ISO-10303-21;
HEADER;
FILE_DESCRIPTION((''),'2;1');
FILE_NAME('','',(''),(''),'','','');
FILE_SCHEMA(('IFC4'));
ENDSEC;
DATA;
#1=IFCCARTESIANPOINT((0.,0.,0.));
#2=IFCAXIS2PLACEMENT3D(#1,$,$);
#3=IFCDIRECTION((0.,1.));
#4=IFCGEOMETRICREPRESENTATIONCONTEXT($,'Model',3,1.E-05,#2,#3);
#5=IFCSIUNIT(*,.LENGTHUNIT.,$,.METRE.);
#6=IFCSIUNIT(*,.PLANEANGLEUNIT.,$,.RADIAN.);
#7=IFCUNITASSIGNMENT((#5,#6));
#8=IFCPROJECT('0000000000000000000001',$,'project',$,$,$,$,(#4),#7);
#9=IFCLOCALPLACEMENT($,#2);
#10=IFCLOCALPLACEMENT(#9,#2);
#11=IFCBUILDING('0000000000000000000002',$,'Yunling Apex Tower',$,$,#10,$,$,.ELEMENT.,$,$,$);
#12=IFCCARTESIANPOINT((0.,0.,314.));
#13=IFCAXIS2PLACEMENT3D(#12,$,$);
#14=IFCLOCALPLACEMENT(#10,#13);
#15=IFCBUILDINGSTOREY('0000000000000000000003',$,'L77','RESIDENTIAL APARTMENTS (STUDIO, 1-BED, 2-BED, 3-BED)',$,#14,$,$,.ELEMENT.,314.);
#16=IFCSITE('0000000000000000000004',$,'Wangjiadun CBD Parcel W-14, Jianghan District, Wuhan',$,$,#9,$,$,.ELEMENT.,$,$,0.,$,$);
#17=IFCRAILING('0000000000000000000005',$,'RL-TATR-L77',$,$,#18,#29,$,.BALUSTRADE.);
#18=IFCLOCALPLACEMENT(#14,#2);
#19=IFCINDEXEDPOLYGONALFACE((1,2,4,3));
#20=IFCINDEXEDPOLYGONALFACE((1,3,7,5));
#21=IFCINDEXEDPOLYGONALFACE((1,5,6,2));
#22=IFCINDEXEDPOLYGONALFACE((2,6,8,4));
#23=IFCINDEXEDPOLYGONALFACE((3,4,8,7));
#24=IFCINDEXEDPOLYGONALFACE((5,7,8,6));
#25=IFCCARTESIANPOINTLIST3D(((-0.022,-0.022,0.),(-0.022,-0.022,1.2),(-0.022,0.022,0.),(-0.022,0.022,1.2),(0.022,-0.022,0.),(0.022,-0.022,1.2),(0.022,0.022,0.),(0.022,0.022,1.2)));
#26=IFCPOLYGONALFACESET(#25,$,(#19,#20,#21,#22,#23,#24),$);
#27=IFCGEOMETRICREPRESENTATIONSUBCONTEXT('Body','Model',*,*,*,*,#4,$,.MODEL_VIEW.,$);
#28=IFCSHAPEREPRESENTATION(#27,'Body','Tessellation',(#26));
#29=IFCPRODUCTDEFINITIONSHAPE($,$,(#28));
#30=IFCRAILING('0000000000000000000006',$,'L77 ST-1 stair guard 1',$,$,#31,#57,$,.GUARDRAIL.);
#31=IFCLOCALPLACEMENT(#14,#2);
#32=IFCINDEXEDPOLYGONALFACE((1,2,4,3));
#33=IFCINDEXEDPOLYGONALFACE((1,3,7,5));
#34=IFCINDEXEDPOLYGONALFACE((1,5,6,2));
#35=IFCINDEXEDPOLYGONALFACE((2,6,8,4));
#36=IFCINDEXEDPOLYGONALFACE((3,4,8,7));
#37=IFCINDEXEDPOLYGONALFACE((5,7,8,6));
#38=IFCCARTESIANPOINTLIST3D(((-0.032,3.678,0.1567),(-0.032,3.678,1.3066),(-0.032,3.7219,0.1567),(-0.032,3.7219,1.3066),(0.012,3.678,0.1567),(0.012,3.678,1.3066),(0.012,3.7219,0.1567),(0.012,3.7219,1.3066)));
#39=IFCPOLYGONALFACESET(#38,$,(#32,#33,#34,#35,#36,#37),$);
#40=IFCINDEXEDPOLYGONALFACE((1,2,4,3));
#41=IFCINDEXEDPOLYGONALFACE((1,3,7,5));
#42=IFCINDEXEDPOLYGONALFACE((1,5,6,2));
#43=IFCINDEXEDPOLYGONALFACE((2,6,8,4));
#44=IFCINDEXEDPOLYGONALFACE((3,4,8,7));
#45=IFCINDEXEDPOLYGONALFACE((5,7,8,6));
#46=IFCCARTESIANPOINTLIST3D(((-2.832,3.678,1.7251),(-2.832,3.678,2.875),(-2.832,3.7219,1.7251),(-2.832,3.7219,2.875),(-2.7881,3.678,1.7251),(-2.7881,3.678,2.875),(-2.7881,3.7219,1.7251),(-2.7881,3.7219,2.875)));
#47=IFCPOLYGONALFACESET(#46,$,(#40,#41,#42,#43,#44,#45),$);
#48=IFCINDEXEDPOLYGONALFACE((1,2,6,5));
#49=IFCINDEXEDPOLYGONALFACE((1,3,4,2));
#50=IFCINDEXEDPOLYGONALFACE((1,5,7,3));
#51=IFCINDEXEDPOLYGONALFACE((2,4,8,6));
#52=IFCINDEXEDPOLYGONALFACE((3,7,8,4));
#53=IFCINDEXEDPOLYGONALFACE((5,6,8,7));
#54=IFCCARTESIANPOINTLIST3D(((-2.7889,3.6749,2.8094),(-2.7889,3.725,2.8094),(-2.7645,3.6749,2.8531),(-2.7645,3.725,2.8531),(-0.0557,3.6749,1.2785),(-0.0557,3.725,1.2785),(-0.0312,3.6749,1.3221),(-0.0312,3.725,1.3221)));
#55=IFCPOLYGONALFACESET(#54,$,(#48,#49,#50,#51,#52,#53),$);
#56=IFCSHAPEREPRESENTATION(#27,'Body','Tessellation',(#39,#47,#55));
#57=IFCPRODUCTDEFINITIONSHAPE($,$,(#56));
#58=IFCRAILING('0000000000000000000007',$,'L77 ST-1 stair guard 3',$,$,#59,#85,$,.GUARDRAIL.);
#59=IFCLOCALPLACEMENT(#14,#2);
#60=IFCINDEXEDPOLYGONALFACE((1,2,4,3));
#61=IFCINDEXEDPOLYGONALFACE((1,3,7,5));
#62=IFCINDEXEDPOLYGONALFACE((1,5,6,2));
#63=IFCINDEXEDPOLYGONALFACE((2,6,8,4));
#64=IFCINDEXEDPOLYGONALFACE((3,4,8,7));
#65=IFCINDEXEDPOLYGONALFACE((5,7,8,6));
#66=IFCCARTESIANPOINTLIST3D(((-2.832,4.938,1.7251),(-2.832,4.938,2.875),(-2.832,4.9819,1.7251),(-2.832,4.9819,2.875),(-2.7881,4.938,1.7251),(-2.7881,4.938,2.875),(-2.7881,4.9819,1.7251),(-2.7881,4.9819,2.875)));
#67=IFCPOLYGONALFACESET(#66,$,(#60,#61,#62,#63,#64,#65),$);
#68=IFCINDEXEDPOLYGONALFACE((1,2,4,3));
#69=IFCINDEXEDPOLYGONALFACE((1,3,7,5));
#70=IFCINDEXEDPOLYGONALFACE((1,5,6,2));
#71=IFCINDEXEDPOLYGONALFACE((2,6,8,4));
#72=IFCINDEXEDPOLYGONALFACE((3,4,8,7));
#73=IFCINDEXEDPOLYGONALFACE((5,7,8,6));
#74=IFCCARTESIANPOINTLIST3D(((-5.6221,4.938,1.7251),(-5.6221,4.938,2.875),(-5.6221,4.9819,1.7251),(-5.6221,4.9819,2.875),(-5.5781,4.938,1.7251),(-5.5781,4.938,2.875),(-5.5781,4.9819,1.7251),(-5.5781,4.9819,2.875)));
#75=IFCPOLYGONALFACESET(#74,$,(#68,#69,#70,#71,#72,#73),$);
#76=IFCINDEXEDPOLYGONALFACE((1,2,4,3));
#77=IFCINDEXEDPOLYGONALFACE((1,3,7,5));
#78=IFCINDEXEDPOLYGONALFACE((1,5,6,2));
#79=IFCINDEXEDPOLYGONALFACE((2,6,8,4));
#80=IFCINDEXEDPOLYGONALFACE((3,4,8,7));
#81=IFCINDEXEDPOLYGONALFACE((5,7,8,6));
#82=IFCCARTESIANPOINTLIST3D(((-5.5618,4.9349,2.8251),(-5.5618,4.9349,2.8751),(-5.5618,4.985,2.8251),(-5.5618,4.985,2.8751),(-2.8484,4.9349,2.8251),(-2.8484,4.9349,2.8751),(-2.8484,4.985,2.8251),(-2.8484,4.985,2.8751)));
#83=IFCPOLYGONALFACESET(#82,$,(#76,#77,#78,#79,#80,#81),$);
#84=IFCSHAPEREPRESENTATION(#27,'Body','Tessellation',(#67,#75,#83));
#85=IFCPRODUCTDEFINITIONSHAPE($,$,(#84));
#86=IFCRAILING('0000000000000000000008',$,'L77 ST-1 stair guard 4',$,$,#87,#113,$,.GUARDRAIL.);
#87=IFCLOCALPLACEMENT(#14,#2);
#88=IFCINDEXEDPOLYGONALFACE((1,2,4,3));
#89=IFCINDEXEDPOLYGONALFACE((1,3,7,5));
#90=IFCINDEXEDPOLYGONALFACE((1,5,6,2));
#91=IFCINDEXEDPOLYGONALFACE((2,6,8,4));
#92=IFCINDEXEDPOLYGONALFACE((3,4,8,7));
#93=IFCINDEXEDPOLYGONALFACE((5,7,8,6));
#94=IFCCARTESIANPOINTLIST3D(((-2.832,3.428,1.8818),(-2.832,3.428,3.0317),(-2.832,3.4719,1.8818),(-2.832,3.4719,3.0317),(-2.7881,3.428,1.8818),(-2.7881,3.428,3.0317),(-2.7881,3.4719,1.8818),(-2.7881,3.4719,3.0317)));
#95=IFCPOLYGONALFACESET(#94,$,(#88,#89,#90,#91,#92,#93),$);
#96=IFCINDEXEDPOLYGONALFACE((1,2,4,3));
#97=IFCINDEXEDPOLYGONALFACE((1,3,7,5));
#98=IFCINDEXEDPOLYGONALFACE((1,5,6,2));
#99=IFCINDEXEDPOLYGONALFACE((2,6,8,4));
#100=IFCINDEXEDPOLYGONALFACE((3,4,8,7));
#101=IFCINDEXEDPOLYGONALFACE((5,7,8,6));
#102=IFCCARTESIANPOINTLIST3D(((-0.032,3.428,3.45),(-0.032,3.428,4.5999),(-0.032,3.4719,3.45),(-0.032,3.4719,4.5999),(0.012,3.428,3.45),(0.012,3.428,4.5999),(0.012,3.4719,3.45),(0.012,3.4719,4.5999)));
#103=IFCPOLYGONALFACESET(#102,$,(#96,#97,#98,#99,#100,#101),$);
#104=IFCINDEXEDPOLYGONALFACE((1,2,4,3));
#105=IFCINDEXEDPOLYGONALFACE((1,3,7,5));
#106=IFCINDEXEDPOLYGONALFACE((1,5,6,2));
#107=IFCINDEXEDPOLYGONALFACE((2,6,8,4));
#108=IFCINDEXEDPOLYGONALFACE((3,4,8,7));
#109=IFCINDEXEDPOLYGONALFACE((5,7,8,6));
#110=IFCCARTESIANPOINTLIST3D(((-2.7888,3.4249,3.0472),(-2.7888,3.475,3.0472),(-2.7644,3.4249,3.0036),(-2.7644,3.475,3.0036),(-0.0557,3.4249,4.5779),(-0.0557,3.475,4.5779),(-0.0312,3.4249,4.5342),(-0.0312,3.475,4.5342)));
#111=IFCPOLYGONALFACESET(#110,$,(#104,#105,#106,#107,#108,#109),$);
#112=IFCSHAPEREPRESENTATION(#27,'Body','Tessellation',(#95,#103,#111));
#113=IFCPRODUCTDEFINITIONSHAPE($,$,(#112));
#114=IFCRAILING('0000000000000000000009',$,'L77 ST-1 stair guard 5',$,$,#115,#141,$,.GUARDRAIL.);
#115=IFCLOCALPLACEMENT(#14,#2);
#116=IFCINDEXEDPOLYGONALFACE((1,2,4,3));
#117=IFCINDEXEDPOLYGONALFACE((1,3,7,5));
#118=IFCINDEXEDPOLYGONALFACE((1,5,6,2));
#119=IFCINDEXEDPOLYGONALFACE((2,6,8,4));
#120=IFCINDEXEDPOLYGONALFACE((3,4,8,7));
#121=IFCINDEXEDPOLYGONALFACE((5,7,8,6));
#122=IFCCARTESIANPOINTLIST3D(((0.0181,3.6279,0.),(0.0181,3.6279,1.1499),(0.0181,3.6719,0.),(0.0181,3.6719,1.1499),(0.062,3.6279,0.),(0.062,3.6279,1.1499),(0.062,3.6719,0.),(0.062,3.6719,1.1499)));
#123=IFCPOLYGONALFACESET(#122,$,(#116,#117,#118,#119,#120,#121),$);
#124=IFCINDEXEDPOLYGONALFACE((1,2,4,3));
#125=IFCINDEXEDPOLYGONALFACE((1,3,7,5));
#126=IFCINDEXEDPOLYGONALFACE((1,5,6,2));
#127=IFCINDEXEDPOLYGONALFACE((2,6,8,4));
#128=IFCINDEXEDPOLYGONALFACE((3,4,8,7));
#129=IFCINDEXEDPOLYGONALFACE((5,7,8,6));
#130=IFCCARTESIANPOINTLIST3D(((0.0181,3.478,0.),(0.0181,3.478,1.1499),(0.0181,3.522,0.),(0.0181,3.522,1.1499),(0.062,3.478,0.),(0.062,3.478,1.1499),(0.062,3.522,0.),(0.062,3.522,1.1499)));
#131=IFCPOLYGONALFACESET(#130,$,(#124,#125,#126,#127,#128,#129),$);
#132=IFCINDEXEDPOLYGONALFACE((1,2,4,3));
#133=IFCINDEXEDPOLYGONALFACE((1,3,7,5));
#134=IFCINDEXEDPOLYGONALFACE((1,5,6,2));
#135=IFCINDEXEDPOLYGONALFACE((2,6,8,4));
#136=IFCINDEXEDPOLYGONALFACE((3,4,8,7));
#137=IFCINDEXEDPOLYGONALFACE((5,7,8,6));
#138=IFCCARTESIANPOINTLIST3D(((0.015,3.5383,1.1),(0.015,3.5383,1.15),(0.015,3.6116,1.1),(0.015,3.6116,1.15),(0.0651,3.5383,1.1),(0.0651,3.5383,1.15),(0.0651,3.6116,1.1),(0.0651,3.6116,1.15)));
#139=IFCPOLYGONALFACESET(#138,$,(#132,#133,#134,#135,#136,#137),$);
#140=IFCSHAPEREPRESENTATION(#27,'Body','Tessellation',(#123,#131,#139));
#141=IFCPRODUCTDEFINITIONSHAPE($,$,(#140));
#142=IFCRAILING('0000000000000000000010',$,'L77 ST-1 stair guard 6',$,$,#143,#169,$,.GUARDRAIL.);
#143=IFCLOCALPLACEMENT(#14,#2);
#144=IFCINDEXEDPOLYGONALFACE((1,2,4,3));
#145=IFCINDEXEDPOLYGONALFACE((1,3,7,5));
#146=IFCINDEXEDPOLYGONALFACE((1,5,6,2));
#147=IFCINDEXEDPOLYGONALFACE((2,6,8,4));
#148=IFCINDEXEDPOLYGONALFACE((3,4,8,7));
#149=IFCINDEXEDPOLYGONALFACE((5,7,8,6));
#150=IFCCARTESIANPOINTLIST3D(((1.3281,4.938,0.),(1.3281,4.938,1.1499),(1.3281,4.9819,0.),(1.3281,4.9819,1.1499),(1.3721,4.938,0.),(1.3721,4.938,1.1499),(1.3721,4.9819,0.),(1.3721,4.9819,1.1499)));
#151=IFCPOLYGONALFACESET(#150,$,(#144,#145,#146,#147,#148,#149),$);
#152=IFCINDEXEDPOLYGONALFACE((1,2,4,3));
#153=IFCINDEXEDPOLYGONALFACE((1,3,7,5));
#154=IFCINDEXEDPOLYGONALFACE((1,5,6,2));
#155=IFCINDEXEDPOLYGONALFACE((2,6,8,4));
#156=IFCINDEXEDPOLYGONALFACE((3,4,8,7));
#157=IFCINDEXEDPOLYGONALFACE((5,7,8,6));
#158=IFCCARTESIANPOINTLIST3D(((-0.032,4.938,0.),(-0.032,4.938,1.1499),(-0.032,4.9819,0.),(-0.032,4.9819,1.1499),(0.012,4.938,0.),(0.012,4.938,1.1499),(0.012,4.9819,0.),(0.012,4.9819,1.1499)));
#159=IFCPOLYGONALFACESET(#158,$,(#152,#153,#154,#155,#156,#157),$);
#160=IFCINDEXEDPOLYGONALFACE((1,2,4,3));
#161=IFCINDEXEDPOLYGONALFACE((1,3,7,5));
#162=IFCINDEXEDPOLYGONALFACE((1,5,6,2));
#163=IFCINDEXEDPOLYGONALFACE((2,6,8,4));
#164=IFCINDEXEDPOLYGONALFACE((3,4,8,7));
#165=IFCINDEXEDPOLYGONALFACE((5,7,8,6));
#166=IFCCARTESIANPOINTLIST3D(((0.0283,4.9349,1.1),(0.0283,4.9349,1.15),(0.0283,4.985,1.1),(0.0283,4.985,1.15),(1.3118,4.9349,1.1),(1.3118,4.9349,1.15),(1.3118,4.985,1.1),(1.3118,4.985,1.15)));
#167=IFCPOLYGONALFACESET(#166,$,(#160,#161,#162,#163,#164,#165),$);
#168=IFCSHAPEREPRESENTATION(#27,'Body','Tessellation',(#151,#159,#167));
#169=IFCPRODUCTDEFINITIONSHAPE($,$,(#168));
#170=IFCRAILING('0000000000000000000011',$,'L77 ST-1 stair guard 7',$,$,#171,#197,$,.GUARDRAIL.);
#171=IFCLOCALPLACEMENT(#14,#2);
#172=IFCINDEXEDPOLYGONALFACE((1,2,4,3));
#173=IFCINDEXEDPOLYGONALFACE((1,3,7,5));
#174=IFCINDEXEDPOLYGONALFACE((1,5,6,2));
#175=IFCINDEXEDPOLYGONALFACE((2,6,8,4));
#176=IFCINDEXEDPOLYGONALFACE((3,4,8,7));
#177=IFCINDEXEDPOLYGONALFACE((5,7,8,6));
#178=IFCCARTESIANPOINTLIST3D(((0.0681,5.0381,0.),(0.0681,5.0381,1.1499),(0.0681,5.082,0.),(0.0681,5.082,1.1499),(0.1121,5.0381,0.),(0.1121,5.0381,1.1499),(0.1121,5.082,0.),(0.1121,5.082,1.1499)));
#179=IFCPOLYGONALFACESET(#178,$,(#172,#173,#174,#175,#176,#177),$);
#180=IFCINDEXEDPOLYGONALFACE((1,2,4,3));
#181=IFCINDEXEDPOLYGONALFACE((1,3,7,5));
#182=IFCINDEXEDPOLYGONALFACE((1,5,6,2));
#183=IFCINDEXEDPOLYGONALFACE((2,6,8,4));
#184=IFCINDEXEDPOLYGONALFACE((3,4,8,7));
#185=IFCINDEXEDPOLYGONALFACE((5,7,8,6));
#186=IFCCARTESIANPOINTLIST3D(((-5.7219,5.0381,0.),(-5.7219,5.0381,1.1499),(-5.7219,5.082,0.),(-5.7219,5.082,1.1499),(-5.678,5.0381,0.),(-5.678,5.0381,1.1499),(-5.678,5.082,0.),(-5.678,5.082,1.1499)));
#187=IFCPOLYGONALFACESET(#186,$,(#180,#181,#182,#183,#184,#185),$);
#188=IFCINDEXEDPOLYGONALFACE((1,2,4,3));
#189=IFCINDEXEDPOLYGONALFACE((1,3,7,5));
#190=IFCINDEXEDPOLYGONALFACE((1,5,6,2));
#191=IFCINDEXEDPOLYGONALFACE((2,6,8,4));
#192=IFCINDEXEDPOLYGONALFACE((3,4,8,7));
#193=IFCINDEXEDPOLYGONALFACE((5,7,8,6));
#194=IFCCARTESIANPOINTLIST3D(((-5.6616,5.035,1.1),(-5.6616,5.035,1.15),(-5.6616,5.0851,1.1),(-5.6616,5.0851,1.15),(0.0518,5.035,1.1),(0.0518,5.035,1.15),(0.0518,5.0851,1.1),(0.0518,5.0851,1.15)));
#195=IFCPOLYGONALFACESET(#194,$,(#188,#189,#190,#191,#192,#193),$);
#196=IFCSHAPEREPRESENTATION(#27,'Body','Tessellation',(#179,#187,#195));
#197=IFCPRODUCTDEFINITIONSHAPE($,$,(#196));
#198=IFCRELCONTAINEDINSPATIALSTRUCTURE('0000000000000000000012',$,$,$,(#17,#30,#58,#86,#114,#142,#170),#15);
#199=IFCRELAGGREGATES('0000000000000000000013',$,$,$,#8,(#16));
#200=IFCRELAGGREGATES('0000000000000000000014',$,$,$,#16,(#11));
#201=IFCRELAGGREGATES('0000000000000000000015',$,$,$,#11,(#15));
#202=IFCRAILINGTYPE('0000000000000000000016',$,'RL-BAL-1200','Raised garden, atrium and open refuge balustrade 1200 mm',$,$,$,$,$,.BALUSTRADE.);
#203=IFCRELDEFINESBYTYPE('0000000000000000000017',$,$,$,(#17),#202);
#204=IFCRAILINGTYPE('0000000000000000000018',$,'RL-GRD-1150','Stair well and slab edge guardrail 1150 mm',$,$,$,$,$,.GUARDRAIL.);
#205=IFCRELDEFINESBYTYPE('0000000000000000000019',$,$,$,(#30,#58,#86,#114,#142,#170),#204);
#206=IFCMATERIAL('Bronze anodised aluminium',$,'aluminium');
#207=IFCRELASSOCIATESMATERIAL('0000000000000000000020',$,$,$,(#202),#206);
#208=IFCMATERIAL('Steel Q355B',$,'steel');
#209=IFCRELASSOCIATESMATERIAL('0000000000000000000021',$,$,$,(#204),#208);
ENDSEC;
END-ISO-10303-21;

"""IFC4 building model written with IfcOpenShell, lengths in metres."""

from ifc_helpers import new_model, si_unit, direction, frame, origin, origin_2d, place, context, subcontext, project, spatial, rectangle, extrude, material, type_object, element, save


model = new_model("IFC4")

# Units and contexts
model_context = context("Model", 3, precision=1e-05, world=origin(), true_north=direction((0.0, 1.0)))
body_context = subcontext(model_context, "Body", "Model", "MODEL_VIEW")
ifc_project = project(units=[si_unit("LENGTHUNIT", "METRE"), si_unit("PLANEANGLEUNIT", "RADIAN")], contexts=[model_context])

# Site, building, storey
site_placement = place(None, origin())
site = spatial("IfcSite", under=ifc_project, at=site_placement, Name="Wangjiadun CBD Parcel W-14, Jianghan District, Wuhan", CompositionType="ELEMENT", RefElevation=0.0)
building_placement = place(site_placement, origin())
building = spatial("IfcBuilding", under=site, at=building_placement, Name="Yunling Apex Tower", CompositionType="ELEMENT")
storey_placement = place(building_placement, frame((0.0, 0.0, 314.0)))
storey = spatial("IfcBuildingStorey", under=building, at=storey_placement, Name="L77", Description="RESIDENTIAL APARTMENTS (STUDIO, 1-BED, 2-BED, 3-BED)", CompositionType="ELEMENT", Elevation=314.0)

# Shared definitions
ifc_material_1 = material(Name="Steel Q355B", Category="steel")

# Shared definitions
ifc_material_2 = material(Name="Bronze anodised aluminium", Category="aluminium")

# Railings
railing_type_1 = type_object("IfcRailingType", Name="RL-BAL-1200", Description="Raised garden, atrium and open refuge balustrade 1200 mm", PredefinedType="BALUSTRADE", material=ifc_material_2)
railing_1_placement = place(storey_placement, origin())
element("IfcRailing", 1, at=railing_1_placement, inside=storey, type_object=railing_type_1, Name="RL-TATR-L77", PredefinedType="BALUSTRADE", context=body_context, shape_type="SweptSolid", body=[
    extrude(rectangle(XDim=0.0439, YDim=0.0439, at=origin_2d()), origin(), (0.0, 0.0, 1.0), 1.2),
])
railing_type_2 = type_object("IfcRailingType", Name="RL-GRD-1150", Description="Stair well and slab edge guardrail 1150 mm", PredefinedType="GUARDRAIL", material=ifc_material_1)
railing_2_placement = place(storey_placement, frame((-0.01, 3.7, 0.1567)))
element("IfcRailing", 2, at=railing_2_placement, inside=storey, type_object=railing_type_2, Name="L77 ST-1 stair guard 1", PredefinedType="GUARDRAIL", context=body_context, shape_type="SweptSolid", body=[
    extrude(rectangle(XDim=0.0439, YDim=0.0439, at=origin_2d()), origin(), (0.0, 0.0, 1.0), 1.1499),
    extrude(rectangle(XDim=0.0439, YDim=0.0439, at=origin_2d()), frame((-2.8, 0.0, 1.5684)), (0.0, 0.0, 1.0), 1.1499),
    extrude(rectangle(XDim=0.05, YDim=0.05, at=origin_2d()), frame((-0.0334, 0.0, 1.1436), z_axis=(-0.872462, 0.0, 0.488682), x_axis=(0.0, -1.0, 0.0)), (0.0, 0.0, 1.0), 3.1328),
])
railing_3_placement = place(storey_placement, frame((-2.8101, 4.96, 1.7251)))
element("IfcRailing", 3, at=railing_3_placement, inside=storey, type_object=railing_type_2, Name="L77 ST-1 stair guard 3", PredefinedType="GUARDRAIL", context=body_context, shape_type="SweptSolid", body=[
    extrude(rectangle(XDim=0.0439, YDim=0.0439, at=origin_2d()), origin(), (0.0, 0.0, 1.0), 1.1499),
    extrude(rectangle(XDim=0.0439, YDim=0.0439, at=origin_2d()), frame((-2.79, 0.0, 0.0)), (0.0, 0.0, 1.0), 1.1499),
    extrude(rectangle(XDim=0.05, YDim=0.05, at=origin_2d()), frame((-0.0383, 0.0, 1.125), z_axis=(-1.0, 0.0, 0.0), x_axis=(0.0, -1.0, 0.0)), (0.0, 0.0, 1.0), 2.7134),
])
railing_4_placement = place(storey_placement, frame((-2.8101, 3.45, 1.8818)))
element("IfcRailing", 4, at=railing_4_placement, inside=storey, type_object=railing_type_2, Name="L77 ST-1 stair guard 4", PredefinedType="GUARDRAIL", context=body_context, shape_type="SweptSolid", body=[
    extrude(rectangle(XDim=0.0439, YDim=0.0439, at=origin_2d()), origin(), (0.0, 0.0, 1.0), 1.1499),
    extrude(rectangle(XDim=0.0439, YDim=0.0439, at=origin_2d()), frame((2.8, 0.0, 1.5681)), (0.0, 0.0, 1.0), 1.1499),
    extrude(rectangle(XDim=0.05, YDim=0.05, at=origin_2d()), frame((0.0334, 0.0, 1.1436), z_axis=(0.872494, 0.0, 0.488624), x_axis=(0.0, 1.0, 0.0)), (0.0, 0.0, 1.0), 3.1326),
])
railing_5_placement = place(storey_placement, frame((0.04, 3.6499, 0.0)))
element("IfcRailing", 5, at=railing_5_placement, inside=storey, type_object=railing_type_2, Name="L77 ST-1 stair guard 5", PredefinedType="GUARDRAIL", context=body_context, shape_type="SweptSolid", body=[
    extrude(rectangle(XDim=0.0439, YDim=0.0439, at=origin_2d()), origin(), (0.0, 0.0, 1.0), 1.1499),
    extrude(rectangle(XDim=0.0439, YDim=0.0439, at=origin_2d()), frame((0.0, -0.1499, 0.0)), (0.0, 0.0, 1.0), 1.1499),
    extrude(rectangle(XDim=0.05, YDim=0.05, at=origin_2d()), frame((0.0, -0.0383, 1.125), z_axis=(0.0, -1.0, 0.0), x_axis=(1.0, 0.0, 0.0)), (0.0, 0.0, 1.0), 0.0732),
])
railing_6_placement = place(storey_placement, frame((1.3501, 4.96, 0.0)))
element("IfcRailing", 6, at=railing_6_placement, inside=storey, type_object=railing_type_2, Name="L77 ST-1 stair guard 6", PredefinedType="GUARDRAIL", context=body_context, shape_type="SweptSolid", body=[
    extrude(rectangle(XDim=0.0439, YDim=0.0439, at=origin_2d()), origin(), (0.0, 0.0, 1.0), 1.1499),
    extrude(rectangle(XDim=0.0439, YDim=0.0439, at=origin_2d()), frame((-1.3601, 0.0, 0.0)), (0.0, 0.0, 1.0), 1.1499),
    extrude(rectangle(XDim=0.05, YDim=0.05, at=origin_2d()), frame((-0.0383, 0.0, 1.125), z_axis=(-1.0, 0.0, 0.0), x_axis=(0.0, -1.0, 0.0)), (0.0, 0.0, 1.0), 1.2834),
])
railing_7_placement = place(storey_placement, frame((0.0901, 5.0601, 0.0)))
element("IfcRailing", 7, at=railing_7_placement, inside=storey, type_object=railing_type_2, Name="L77 ST-1 stair guard 7", PredefinedType="GUARDRAIL", context=body_context, shape_type="SweptSolid", body=[
    extrude(rectangle(XDim=0.0439, YDim=0.0439, at=origin_2d()), origin(), (0.0, 0.0, 1.0), 1.1499),
    extrude(rectangle(XDim=0.0439, YDim=0.0439, at=origin_2d()), frame((-5.79, 0.0, 0.0)), (0.0, 0.0, 1.0), 1.1499),
    extrude(rectangle(XDim=0.05, YDim=0.05, at=origin_2d()), frame((-0.0383, 0.0, 1.125), z_axis=(-1.0, 0.0, 0.0), x_axis=(0.0, -1.0, 0.0)), (0.0, 0.0, 1.0), 5.7134),
])

save(model, "model.ifc")
